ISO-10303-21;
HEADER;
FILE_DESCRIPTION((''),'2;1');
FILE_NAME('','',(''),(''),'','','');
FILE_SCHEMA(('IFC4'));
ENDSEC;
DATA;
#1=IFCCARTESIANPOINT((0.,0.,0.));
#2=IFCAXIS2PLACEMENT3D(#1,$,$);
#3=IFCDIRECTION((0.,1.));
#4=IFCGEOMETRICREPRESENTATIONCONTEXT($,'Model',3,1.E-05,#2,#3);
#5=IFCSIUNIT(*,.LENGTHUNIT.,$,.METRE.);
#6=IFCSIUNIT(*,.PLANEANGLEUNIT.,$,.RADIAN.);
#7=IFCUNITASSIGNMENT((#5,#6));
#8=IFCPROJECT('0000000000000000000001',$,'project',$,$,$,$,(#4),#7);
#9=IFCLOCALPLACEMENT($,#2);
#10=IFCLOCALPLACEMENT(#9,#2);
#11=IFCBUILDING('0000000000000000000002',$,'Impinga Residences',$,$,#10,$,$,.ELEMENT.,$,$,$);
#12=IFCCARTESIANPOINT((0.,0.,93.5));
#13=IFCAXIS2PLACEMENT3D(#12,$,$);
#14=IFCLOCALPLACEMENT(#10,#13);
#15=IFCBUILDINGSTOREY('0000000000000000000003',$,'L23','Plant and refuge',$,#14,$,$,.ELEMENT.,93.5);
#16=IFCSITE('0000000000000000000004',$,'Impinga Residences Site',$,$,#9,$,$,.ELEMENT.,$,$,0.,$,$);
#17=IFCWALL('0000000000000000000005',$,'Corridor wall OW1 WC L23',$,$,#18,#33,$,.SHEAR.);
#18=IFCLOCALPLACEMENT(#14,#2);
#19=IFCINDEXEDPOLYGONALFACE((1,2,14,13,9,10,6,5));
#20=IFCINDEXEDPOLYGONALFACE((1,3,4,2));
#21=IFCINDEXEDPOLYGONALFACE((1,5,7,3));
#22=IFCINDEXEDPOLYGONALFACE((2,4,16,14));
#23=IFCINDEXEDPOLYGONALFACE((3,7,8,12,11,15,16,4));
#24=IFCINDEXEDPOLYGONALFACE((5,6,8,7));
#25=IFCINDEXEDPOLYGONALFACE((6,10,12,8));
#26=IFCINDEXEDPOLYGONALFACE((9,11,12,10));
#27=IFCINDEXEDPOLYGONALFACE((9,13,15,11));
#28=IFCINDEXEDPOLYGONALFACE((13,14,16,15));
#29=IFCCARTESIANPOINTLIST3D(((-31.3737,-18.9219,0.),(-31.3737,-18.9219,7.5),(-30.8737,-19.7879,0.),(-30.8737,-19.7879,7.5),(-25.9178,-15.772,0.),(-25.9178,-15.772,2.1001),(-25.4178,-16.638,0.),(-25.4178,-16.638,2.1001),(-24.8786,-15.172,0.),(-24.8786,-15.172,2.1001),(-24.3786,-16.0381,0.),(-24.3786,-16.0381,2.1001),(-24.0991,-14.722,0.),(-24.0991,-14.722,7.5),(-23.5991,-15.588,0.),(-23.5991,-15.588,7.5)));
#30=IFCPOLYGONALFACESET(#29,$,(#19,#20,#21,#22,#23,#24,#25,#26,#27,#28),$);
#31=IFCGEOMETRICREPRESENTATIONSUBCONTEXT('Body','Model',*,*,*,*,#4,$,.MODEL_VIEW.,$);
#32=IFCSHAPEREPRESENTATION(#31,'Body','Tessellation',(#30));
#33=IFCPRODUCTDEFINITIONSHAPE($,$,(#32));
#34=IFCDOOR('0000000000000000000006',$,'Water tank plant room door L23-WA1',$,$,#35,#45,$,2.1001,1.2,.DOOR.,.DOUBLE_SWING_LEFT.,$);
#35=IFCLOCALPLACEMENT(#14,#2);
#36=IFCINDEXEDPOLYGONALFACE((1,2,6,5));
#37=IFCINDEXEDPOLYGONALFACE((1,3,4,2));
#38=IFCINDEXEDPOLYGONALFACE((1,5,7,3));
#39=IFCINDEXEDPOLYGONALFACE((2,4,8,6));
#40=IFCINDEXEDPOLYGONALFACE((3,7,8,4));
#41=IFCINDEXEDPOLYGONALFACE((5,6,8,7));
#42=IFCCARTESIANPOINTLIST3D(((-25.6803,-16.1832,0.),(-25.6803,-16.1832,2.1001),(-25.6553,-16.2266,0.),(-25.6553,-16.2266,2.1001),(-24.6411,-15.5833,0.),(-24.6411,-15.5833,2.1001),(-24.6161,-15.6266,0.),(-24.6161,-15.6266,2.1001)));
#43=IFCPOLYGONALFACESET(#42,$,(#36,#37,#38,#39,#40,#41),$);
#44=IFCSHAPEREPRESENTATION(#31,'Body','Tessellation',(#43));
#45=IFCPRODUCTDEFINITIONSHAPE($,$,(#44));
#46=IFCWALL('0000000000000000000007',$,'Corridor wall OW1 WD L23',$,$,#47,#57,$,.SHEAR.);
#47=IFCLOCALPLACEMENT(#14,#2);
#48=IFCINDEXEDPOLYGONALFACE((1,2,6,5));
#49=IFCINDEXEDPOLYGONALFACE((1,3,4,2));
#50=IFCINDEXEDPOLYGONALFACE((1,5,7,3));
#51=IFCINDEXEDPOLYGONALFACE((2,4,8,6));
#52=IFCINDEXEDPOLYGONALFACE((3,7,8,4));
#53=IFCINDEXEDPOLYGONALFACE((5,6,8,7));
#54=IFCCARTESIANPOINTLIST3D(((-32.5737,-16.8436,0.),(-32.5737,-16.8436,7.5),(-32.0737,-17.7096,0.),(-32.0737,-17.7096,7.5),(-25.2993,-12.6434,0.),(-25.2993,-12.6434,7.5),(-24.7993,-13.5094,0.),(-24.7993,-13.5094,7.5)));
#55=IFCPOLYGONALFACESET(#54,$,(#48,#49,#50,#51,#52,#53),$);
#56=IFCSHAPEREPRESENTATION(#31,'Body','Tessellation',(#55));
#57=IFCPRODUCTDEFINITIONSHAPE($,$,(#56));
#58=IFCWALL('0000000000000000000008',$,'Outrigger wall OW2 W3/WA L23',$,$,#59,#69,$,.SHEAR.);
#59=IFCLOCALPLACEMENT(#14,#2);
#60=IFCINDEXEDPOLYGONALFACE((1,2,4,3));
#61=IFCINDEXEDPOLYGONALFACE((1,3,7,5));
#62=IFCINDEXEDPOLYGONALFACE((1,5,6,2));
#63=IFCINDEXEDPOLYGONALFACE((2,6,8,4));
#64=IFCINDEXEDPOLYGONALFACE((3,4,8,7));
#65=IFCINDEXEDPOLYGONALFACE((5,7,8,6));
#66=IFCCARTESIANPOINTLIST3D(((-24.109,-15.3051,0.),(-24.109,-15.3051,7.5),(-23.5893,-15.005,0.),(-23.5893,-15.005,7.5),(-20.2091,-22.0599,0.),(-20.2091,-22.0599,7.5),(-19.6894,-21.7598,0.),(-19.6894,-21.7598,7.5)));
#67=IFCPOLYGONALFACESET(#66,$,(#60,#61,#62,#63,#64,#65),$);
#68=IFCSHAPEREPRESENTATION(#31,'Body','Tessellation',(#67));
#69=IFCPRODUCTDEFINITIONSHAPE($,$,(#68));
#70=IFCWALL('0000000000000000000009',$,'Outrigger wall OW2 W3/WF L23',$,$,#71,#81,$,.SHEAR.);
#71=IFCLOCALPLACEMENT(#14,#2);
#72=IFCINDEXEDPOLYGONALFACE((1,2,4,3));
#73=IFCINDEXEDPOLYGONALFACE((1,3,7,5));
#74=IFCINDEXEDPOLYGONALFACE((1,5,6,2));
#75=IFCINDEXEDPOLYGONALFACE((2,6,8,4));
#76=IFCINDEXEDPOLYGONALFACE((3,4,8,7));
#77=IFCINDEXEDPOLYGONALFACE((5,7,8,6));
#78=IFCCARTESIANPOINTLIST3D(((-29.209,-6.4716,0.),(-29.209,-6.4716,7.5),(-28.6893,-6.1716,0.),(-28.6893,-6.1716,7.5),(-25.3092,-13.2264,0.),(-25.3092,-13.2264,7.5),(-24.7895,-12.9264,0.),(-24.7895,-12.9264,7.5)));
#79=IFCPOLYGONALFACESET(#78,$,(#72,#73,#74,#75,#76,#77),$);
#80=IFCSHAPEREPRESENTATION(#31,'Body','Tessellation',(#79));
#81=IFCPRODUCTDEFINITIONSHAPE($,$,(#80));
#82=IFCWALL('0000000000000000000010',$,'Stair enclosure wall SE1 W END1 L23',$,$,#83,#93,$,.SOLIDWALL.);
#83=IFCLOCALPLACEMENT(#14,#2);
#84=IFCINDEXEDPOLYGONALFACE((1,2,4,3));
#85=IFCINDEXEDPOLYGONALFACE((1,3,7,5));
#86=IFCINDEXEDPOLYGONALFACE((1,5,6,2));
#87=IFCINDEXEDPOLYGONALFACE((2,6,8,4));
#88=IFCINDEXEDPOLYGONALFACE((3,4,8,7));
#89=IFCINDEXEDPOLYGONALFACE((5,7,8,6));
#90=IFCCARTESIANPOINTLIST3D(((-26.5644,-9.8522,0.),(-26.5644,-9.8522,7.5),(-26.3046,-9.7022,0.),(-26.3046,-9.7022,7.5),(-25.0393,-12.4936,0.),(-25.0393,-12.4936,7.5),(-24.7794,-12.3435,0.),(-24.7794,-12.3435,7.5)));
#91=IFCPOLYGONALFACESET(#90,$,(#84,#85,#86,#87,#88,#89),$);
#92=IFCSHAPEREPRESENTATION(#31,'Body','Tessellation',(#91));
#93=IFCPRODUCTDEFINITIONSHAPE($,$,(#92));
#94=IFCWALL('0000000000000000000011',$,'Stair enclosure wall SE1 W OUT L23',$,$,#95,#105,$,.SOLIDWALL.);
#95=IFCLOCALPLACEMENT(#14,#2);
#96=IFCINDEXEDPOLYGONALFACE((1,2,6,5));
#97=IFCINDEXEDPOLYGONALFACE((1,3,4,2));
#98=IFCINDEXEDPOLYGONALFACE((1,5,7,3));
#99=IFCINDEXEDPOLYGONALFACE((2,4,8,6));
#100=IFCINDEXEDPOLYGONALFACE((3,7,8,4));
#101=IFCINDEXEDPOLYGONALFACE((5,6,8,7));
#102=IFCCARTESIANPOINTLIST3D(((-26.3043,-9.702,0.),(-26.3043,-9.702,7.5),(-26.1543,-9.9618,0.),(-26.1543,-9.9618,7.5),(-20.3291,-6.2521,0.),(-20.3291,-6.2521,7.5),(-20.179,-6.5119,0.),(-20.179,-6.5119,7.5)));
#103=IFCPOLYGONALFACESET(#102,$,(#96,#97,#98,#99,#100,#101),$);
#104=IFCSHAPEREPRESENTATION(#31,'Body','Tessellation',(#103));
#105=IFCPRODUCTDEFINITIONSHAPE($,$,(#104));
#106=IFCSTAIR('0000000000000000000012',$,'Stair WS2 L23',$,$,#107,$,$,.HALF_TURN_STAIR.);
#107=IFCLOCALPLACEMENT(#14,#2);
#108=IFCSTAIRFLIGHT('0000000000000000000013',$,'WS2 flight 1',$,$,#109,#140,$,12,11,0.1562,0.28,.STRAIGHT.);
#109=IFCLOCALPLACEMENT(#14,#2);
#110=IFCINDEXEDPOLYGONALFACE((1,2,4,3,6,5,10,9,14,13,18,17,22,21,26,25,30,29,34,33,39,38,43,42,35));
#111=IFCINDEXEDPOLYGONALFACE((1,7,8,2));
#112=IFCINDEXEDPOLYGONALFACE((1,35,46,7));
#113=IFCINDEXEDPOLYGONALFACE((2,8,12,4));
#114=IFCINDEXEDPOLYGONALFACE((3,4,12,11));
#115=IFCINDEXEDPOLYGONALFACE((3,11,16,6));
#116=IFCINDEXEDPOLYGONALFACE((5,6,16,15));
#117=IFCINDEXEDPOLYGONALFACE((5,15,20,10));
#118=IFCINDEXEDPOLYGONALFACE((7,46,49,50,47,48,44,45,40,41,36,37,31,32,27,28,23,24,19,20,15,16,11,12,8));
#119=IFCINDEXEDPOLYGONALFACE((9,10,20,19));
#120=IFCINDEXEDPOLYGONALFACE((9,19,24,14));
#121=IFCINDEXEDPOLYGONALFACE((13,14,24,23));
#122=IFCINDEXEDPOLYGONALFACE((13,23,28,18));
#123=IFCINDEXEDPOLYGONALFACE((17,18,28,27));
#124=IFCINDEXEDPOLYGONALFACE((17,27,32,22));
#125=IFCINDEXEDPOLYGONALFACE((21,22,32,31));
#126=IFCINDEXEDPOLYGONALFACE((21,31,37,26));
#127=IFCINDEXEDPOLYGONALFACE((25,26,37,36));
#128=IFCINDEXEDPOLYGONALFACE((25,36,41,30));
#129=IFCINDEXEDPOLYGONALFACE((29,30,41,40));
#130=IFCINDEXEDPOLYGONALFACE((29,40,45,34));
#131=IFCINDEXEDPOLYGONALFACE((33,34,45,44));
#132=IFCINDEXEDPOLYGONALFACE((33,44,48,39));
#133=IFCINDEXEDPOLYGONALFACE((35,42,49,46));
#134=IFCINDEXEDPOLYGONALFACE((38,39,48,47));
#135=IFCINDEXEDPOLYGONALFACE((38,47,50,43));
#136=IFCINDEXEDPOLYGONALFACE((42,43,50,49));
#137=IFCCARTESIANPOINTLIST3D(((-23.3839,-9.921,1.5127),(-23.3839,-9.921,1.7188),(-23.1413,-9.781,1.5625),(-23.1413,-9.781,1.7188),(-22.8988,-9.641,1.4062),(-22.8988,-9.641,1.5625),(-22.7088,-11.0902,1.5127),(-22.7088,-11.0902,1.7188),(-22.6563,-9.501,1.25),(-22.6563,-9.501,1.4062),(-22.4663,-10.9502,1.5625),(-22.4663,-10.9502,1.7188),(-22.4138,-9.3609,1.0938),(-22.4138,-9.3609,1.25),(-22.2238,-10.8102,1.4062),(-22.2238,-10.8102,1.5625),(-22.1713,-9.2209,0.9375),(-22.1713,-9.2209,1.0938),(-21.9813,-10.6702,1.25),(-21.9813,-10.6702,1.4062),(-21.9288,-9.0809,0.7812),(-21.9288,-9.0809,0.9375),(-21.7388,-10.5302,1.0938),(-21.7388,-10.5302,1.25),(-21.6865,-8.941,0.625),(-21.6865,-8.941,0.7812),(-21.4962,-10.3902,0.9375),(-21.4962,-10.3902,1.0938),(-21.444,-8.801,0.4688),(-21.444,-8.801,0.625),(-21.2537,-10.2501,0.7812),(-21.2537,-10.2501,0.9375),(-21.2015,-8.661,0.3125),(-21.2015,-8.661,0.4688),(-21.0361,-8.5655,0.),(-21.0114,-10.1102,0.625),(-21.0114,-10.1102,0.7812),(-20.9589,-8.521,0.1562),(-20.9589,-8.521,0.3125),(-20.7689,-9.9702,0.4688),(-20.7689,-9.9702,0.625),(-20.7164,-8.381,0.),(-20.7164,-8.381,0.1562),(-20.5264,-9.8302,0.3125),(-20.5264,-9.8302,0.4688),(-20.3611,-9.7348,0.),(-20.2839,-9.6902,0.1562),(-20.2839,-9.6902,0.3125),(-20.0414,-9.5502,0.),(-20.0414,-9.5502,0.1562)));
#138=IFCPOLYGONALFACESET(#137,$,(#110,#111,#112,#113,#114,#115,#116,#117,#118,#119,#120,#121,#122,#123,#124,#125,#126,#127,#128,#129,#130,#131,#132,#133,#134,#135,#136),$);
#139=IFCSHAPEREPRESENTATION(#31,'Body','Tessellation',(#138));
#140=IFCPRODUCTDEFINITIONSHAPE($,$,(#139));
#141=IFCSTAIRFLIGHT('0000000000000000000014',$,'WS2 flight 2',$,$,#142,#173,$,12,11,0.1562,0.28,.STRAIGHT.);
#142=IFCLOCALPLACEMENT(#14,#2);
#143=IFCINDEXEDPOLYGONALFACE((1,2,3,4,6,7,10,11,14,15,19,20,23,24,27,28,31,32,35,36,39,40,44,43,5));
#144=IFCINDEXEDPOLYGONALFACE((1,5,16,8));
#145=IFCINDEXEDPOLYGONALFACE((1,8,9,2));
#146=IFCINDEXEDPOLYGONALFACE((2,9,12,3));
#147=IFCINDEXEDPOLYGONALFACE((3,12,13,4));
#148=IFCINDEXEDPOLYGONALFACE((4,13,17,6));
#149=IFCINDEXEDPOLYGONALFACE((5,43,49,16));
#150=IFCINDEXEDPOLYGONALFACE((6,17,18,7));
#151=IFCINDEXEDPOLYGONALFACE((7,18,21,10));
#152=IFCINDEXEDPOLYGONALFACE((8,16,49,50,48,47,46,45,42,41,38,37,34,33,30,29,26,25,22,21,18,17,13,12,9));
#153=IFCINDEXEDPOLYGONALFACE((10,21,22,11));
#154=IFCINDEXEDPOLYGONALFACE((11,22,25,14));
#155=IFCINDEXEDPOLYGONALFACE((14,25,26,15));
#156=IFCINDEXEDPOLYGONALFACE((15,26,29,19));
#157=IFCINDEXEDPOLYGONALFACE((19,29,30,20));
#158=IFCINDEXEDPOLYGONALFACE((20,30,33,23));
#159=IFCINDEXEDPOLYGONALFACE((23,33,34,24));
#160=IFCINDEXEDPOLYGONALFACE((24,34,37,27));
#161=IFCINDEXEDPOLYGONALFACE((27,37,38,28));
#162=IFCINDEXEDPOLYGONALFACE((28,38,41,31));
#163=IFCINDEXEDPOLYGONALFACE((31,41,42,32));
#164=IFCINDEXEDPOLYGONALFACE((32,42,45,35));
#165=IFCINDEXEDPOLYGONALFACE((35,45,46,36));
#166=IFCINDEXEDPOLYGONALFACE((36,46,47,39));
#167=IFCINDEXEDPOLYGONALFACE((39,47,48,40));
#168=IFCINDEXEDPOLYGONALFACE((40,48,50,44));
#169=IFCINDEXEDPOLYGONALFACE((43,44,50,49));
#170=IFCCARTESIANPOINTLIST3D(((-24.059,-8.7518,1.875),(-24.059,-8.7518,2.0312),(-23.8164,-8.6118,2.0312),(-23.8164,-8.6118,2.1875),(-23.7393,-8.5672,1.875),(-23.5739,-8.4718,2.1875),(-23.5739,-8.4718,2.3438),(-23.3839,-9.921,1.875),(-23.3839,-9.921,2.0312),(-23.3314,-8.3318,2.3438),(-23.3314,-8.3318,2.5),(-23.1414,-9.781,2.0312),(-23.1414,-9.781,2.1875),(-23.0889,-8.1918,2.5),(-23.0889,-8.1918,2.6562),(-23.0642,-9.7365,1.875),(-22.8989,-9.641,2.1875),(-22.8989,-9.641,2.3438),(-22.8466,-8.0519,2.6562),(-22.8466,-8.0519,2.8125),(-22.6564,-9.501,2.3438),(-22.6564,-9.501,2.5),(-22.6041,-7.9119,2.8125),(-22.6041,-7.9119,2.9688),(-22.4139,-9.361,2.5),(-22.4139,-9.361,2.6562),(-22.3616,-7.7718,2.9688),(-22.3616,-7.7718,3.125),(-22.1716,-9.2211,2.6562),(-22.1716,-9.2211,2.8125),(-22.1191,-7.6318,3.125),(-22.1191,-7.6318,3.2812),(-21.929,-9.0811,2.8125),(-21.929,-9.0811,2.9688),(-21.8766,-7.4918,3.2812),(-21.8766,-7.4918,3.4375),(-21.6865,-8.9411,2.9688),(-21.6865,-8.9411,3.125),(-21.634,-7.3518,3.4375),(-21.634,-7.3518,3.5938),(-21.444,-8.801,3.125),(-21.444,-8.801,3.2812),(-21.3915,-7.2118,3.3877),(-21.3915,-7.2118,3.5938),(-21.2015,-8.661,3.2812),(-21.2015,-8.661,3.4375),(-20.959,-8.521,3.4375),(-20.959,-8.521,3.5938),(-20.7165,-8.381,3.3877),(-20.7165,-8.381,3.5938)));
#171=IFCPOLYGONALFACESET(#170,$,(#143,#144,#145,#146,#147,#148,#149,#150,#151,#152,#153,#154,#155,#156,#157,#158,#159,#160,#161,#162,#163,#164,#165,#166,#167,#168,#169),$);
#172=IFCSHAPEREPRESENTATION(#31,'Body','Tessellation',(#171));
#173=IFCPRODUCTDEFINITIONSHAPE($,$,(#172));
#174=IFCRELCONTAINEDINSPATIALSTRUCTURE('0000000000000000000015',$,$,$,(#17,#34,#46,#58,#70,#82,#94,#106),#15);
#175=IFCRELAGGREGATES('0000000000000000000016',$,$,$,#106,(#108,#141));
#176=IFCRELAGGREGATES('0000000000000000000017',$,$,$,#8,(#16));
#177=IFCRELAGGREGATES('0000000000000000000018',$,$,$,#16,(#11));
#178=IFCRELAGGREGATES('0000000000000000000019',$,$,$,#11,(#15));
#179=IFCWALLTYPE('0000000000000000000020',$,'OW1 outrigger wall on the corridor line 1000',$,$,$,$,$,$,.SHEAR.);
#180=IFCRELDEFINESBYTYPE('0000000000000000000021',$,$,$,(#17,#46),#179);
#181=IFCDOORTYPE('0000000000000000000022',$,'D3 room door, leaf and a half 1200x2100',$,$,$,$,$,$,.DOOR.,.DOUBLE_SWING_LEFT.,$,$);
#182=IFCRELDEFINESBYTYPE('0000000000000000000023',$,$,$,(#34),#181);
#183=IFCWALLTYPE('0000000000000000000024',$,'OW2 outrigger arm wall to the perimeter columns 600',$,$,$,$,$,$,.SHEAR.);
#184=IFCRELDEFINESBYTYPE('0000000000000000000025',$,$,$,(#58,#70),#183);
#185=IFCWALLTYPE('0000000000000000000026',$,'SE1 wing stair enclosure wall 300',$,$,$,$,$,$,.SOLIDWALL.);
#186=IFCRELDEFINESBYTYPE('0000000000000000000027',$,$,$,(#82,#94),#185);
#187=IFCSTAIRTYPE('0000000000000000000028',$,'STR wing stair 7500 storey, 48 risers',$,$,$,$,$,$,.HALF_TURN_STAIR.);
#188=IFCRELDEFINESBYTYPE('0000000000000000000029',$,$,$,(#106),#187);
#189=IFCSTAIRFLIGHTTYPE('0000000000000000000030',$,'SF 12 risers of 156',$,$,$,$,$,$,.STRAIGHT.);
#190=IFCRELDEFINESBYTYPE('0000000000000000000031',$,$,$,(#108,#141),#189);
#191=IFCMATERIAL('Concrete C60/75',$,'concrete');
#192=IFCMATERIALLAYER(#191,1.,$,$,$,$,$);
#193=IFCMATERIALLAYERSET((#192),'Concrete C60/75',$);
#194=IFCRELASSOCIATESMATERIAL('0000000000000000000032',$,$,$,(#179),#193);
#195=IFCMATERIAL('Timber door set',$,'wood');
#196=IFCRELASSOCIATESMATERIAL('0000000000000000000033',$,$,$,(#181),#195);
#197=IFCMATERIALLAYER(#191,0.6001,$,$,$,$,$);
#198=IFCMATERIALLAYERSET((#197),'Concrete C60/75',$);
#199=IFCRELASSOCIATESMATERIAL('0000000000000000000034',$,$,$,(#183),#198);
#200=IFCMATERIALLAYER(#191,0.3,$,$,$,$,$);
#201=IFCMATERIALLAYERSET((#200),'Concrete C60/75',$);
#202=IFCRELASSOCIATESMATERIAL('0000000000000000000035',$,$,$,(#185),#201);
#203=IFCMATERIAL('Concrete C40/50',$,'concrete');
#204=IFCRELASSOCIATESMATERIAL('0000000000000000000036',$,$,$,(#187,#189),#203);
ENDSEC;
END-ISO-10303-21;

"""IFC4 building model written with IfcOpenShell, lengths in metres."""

from ifc_helpers import new_model, si_unit, direction, frame, frame_2d, origin, place, context, subcontext, project, spatial, polyline, rectangle, outline, extrude, material, layer, layer_set, type_object, element, fill, aggregate, save


model = new_model("IFC4")

# Units and contexts
model_context = context("Model", 3, precision=1e-05, world=origin(), true_north=direction((0.0, 1.0)))
body_context = subcontext(model_context, "Body", "Model", "MODEL_VIEW")
ifc_project = project(units=[si_unit("LENGTHUNIT", "METRE"), si_unit("PLANEANGLEUNIT", "RADIAN")], contexts=[model_context])

# Site, building, storey
site_placement = place(None, origin())
site = spatial("IfcSite", under=ifc_project, at=site_placement, Name="Impinga Residences Site", CompositionType="ELEMENT", RefElevation=0.0)
building_placement = place(site_placement, origin())
building = spatial("IfcBuilding", under=site, at=building_placement, Name="Impinga Residences", CompositionType="ELEMENT")
storey_placement = place(building_placement, frame((0.0, 0.0, 93.5)))
storey = spatial("IfcBuildingStorey", under=building, at=storey_placement, Name="L23", Description="Plant and refuge", CompositionType="ELEMENT", Elevation=93.5)

# Wall, opening, door
ifc_material_1 = material(Name="Concrete C60/75", Category="concrete")
ifc_layer_1 = layer(ifc_material_1, 1.0)
ifc_layer_set_1 = layer_set([ifc_layer_1], Name="Concrete C60/75")
wall_type_1 = type_object("IfcWallType", Name="OW1 outrigger wall on the corridor line 1000", PredefinedType="SHEAR", material=ifc_layer_set_1)
wall_1_placement = place(storey_placement, frame((-23.8491, -15.155, 0.0), z_axis=(0.0, 0.0, 1.0), x_axis=(-0.866029, -0.499993, 0.0)))
wall_1 = element("IfcWall", 1, at=wall_1_placement, inside=storey, type_object=wall_type_1, Name="Corridor wall OW1 WC L23", PredefinedType="SHEAR", context=body_context, shape_type="SweptSolid", body=[
    extrude(rectangle(XDim=8.3999, YDim=1.0, at=frame_2d((4.2, 0.0))), origin(), (0.0, 0.0, 1.0), 7.5),
])
opening_placement = place(wall_1_placement, frame((0.8999, 0.0, 0.0)))
opening = element("IfcOpeningElement", 2, at=opening_placement, cuts=wall_1, PredefinedType="OPENING", context=body_context, shape_type="SweptSolid", body=[
    extrude(rectangle(XDim=1.2, YDim=2.1001, at=frame_2d((0.6001, 1.05))), frame((0.0, 0.51, 0.0), z_axis=(0.0, -1.0, 0.0), x_axis=(1.0, 0.0, 0.0)), (0.0, 0.0, 1.0), 1.02),
])
ifc_material_2 = material(Name="Timber door set", Category="wood")
door_type = type_object("IfcDoorType", Name="D3 room door, leaf and a half 1200x2100", OperationType="DOUBLE_SWING_LEFT", PredefinedType="DOOR", material=ifc_material_2)
door_placement = place(opening_placement, origin())
door = element("IfcDoor", 3, at=door_placement, inside=storey, type_object=door_type, Name="Water tank plant room door L23-WA1", OperationType="DOUBLE_SWING_LEFT", OverallHeight=2.1001, OverallWidth=1.2, PredefinedType="DOOR", context=body_context, shape_type="SweptSolid", body=[
    extrude(rectangle(XDim=1.2, YDim=2.1001, at=frame_2d((0.6001, 1.05))), frame((0.0, 0.0249, 0.0), z_axis=(0.0, -1.0, 0.0), x_axis=(1.0, 0.0, 0.0)), (0.0, 0.0, 1.0), 0.05),
])
fill(opening, door)

# Walls
wall_2_placement = place(storey_placement, frame((-25.0493, -13.0764, 0.0), z_axis=(0.0, 0.0, 1.0), x_axis=(-0.866009, -0.500028, 0.0)))
element("IfcWall", 4, at=wall_2_placement, inside=storey, type_object=wall_type_1, Name="Corridor wall OW1 WD L23", PredefinedType="SHEAR", context=body_context, shape_type="SweptSolid", body=[
    extrude(rectangle(XDim=8.3999, YDim=1.0, at=frame_2d((4.2, 0.0))), origin(), (0.0, 0.0, 1.0), 7.5),
])
ifc_layer_2 = layer(ifc_material_1, 0.6001)
ifc_layer_set_2 = layer_set([ifc_layer_2], Name="Concrete C60/75")
wall_type_2 = type_object("IfcWallType", Name="OW2 outrigger arm wall to the perimeter columns 600", PredefinedType="SHEAR", material=ifc_layer_set_2)
for number, where, z_axis, x_axis, name in (
    (5, (-23.8491, -15.155, 0.0), (0.0, 0.0, 1.0), (0.499997, -0.866027, 0.0), "Outrigger wall OW2 W3/WA L23"),
    (6, (-25.0493, -13.0764, 0.0), (0.0, 0.0, 1.0), (-0.499997, 0.866027, 0.0), "Outrigger wall OW2 W3/WF L23"),
):
    element("IfcWall", number, at=place(storey_placement, frame(where, z_axis=z_axis, x_axis=x_axis)), inside=storey, type_object=wall_type_2, Name=name, PredefinedType="SHEAR", context=body_context, shape_type="SweptSolid", body=[
        extrude(rectangle(XDim=7.7998, YDim=0.6001, at=frame_2d((3.8999, 0.0))), origin(), (0.0, 0.0, 1.0), 7.5),
    ])
ifc_layer_3 = layer(ifc_material_1, 0.3)
ifc_layer_set_3 = layer_set([ifc_layer_3], Name="Concrete C60/75")
wall_type_3 = type_object("IfcWallType", Name="SE1 wing stair enclosure wall 300", PredefinedType="SOLIDWALL", material=ifc_layer_set_3)
wall_3_placement = place(storey_placement, frame((-24.9094, -12.4185, 0.0), z_axis=(0.0, 0.0, 1.0), x_axis=(-0.500039, 0.866003, 0.0)))
element("IfcWall", 7, at=wall_3_placement, inside=storey, type_object=wall_type_3, Name="Stair enclosure wall SE1 W END1 L23", PredefinedType="SOLIDWALL", context=body_context, shape_type="SweptSolid", body=[
    extrude(rectangle(XDim=3.05, YDim=0.3, at=frame_2d((1.5249, 0.0))), origin(), (0.0, 0.0, 1.0), 7.5),
])
wall_4_placement = place(storey_placement, frame((-20.2542, -6.3821, 0.0), z_axis=(0.0, 0.0, 1.0), x_axis=(-0.86602, -0.500009, 0.0)))
element("IfcWall", 8, at=wall_4_placement, inside=storey, type_object=wall_type_3, Name="Stair enclosure wall SE1 W OUT L23", PredefinedType="SOLIDWALL", context=body_context, shape_type="SweptSolid", body=[
    extrude(rectangle(XDim=6.8997, YDim=0.3, at=frame_2d((3.4497, 0.0))), origin(), (0.0, 0.0, 1.0), 7.5),
])

# Stair, stair flights
ifc_material_3 = material(Name="Concrete C40/50", Category="concrete")
stair_type = type_object("IfcStairType", Name="STR wing stair 7500 storey, 48 risers", PredefinedType="HALF_TURN_STAIR", material=ifc_material_3)
stair_placement = place(storey_placement, origin())
stair = element("IfcStair", 9, at=stair_placement, inside=storey, type_object=stair_type, Name="Stair WS2 L23", PredefinedType="HALF_TURN_STAIR")
stair_flight_type = type_object("IfcStairFlightType", Name="SF 12 risers of 156", PredefinedType="STRAIGHT", material=ifc_material_3)
stair_flight_1_placement = place(storey_placement, frame((-20.3789, -8.9656, 0.0), z_axis=(0.0, 0.0, 1.0), x_axis=(-0.866025, -0.5, 0.0)))
stair_flight_1 = element("IfcStairFlight", 10, at=stair_flight_1_placement, type_object=stair_flight_type, Name="WS2 flight 1", NumberOfRisers=12, NumberOfTreads=11, PredefinedType="STRAIGHT", RiserHeight=0.1562, TreadLength=0.28, context=body_context, shape_type="SweptSolid", body=[
    extrude(outline(polyline([(0.0, 0.0), (0.0, 0.1562), (0.28, 0.1562), (0.28, 0.3125), (0.5601, 0.3125), (0.5601, 0.4688), (0.8401, 0.4688), (0.8401, 0.625), (1.1201, 0.625), (1.1201, 0.7812), (1.3999, 0.7812), (1.3999, 0.9375), (1.6799, 0.9375), (1.6799, 1.0938), (1.96, 1.0938), (1.96, 1.25), (2.24, 1.25), (2.24, 1.4062), (2.52, 1.4062), (2.52, 1.5625), (2.8, 1.5625), (2.8, 1.7188), (3.0801, 1.7188), (3.0801, 1.875), (3.0801, 1.5127), (0.3691, 0.0), (0.0, 0.0)])), frame((0.0, 0.675, 0.0), z_axis=(0.0, -1.0, 0.0), x_axis=(1.0, 0.0, 0.0)), (0.0, 0.0, 1.0), 1.3501),
])
stair_flight_2_placement = place(storey_placement, frame((-23.7214, -9.3364, 1.875), z_axis=(0.0, 0.0, 1.0), x_axis=(0.866025, 0.5, 0.0)))
stair_flight_2 = element("IfcStairFlight", 11, at=stair_flight_2_placement, type_object=stair_flight_type, Name="WS2 flight 2", NumberOfRisers=12, NumberOfTreads=11, PredefinedType="STRAIGHT", RiserHeight=0.1562, TreadLength=0.28, context=body_context, shape_type="SweptSolid", body=[
    extrude(outline(polyline([(0.0, 0.0), (0.0, 0.1562), (0.28, 0.1562), (0.28, 0.3125), (0.5601, 0.3125), (0.5601, 0.4688), (0.8401, 0.4688), (0.8401, 0.625), (1.1201, 0.625), (1.1201, 0.7812), (1.3999, 0.7812), (1.3999, 0.9375), (1.6799, 0.9375), (1.6799, 1.0938), (1.96, 1.0938), (1.96, 1.25), (2.24, 1.25), (2.24, 1.4062), (2.52, 1.4062), (2.52, 1.5625), (2.8, 1.5625), (2.8, 1.7188), (3.0801, 1.7188), (3.0801, 1.875), (3.0801, 1.5127), (0.3691, 0.0), (0.0, 0.0)])), frame((0.0, 0.675, 0.0), z_axis=(0.0, -1.0, 0.0), x_axis=(1.0, 0.0, 0.0)), (0.0, 0.0, 1.0), 1.3501),
])
aggregate(stair, [stair_flight_1, stair_flight_2])

save(model, "model.ifc")
